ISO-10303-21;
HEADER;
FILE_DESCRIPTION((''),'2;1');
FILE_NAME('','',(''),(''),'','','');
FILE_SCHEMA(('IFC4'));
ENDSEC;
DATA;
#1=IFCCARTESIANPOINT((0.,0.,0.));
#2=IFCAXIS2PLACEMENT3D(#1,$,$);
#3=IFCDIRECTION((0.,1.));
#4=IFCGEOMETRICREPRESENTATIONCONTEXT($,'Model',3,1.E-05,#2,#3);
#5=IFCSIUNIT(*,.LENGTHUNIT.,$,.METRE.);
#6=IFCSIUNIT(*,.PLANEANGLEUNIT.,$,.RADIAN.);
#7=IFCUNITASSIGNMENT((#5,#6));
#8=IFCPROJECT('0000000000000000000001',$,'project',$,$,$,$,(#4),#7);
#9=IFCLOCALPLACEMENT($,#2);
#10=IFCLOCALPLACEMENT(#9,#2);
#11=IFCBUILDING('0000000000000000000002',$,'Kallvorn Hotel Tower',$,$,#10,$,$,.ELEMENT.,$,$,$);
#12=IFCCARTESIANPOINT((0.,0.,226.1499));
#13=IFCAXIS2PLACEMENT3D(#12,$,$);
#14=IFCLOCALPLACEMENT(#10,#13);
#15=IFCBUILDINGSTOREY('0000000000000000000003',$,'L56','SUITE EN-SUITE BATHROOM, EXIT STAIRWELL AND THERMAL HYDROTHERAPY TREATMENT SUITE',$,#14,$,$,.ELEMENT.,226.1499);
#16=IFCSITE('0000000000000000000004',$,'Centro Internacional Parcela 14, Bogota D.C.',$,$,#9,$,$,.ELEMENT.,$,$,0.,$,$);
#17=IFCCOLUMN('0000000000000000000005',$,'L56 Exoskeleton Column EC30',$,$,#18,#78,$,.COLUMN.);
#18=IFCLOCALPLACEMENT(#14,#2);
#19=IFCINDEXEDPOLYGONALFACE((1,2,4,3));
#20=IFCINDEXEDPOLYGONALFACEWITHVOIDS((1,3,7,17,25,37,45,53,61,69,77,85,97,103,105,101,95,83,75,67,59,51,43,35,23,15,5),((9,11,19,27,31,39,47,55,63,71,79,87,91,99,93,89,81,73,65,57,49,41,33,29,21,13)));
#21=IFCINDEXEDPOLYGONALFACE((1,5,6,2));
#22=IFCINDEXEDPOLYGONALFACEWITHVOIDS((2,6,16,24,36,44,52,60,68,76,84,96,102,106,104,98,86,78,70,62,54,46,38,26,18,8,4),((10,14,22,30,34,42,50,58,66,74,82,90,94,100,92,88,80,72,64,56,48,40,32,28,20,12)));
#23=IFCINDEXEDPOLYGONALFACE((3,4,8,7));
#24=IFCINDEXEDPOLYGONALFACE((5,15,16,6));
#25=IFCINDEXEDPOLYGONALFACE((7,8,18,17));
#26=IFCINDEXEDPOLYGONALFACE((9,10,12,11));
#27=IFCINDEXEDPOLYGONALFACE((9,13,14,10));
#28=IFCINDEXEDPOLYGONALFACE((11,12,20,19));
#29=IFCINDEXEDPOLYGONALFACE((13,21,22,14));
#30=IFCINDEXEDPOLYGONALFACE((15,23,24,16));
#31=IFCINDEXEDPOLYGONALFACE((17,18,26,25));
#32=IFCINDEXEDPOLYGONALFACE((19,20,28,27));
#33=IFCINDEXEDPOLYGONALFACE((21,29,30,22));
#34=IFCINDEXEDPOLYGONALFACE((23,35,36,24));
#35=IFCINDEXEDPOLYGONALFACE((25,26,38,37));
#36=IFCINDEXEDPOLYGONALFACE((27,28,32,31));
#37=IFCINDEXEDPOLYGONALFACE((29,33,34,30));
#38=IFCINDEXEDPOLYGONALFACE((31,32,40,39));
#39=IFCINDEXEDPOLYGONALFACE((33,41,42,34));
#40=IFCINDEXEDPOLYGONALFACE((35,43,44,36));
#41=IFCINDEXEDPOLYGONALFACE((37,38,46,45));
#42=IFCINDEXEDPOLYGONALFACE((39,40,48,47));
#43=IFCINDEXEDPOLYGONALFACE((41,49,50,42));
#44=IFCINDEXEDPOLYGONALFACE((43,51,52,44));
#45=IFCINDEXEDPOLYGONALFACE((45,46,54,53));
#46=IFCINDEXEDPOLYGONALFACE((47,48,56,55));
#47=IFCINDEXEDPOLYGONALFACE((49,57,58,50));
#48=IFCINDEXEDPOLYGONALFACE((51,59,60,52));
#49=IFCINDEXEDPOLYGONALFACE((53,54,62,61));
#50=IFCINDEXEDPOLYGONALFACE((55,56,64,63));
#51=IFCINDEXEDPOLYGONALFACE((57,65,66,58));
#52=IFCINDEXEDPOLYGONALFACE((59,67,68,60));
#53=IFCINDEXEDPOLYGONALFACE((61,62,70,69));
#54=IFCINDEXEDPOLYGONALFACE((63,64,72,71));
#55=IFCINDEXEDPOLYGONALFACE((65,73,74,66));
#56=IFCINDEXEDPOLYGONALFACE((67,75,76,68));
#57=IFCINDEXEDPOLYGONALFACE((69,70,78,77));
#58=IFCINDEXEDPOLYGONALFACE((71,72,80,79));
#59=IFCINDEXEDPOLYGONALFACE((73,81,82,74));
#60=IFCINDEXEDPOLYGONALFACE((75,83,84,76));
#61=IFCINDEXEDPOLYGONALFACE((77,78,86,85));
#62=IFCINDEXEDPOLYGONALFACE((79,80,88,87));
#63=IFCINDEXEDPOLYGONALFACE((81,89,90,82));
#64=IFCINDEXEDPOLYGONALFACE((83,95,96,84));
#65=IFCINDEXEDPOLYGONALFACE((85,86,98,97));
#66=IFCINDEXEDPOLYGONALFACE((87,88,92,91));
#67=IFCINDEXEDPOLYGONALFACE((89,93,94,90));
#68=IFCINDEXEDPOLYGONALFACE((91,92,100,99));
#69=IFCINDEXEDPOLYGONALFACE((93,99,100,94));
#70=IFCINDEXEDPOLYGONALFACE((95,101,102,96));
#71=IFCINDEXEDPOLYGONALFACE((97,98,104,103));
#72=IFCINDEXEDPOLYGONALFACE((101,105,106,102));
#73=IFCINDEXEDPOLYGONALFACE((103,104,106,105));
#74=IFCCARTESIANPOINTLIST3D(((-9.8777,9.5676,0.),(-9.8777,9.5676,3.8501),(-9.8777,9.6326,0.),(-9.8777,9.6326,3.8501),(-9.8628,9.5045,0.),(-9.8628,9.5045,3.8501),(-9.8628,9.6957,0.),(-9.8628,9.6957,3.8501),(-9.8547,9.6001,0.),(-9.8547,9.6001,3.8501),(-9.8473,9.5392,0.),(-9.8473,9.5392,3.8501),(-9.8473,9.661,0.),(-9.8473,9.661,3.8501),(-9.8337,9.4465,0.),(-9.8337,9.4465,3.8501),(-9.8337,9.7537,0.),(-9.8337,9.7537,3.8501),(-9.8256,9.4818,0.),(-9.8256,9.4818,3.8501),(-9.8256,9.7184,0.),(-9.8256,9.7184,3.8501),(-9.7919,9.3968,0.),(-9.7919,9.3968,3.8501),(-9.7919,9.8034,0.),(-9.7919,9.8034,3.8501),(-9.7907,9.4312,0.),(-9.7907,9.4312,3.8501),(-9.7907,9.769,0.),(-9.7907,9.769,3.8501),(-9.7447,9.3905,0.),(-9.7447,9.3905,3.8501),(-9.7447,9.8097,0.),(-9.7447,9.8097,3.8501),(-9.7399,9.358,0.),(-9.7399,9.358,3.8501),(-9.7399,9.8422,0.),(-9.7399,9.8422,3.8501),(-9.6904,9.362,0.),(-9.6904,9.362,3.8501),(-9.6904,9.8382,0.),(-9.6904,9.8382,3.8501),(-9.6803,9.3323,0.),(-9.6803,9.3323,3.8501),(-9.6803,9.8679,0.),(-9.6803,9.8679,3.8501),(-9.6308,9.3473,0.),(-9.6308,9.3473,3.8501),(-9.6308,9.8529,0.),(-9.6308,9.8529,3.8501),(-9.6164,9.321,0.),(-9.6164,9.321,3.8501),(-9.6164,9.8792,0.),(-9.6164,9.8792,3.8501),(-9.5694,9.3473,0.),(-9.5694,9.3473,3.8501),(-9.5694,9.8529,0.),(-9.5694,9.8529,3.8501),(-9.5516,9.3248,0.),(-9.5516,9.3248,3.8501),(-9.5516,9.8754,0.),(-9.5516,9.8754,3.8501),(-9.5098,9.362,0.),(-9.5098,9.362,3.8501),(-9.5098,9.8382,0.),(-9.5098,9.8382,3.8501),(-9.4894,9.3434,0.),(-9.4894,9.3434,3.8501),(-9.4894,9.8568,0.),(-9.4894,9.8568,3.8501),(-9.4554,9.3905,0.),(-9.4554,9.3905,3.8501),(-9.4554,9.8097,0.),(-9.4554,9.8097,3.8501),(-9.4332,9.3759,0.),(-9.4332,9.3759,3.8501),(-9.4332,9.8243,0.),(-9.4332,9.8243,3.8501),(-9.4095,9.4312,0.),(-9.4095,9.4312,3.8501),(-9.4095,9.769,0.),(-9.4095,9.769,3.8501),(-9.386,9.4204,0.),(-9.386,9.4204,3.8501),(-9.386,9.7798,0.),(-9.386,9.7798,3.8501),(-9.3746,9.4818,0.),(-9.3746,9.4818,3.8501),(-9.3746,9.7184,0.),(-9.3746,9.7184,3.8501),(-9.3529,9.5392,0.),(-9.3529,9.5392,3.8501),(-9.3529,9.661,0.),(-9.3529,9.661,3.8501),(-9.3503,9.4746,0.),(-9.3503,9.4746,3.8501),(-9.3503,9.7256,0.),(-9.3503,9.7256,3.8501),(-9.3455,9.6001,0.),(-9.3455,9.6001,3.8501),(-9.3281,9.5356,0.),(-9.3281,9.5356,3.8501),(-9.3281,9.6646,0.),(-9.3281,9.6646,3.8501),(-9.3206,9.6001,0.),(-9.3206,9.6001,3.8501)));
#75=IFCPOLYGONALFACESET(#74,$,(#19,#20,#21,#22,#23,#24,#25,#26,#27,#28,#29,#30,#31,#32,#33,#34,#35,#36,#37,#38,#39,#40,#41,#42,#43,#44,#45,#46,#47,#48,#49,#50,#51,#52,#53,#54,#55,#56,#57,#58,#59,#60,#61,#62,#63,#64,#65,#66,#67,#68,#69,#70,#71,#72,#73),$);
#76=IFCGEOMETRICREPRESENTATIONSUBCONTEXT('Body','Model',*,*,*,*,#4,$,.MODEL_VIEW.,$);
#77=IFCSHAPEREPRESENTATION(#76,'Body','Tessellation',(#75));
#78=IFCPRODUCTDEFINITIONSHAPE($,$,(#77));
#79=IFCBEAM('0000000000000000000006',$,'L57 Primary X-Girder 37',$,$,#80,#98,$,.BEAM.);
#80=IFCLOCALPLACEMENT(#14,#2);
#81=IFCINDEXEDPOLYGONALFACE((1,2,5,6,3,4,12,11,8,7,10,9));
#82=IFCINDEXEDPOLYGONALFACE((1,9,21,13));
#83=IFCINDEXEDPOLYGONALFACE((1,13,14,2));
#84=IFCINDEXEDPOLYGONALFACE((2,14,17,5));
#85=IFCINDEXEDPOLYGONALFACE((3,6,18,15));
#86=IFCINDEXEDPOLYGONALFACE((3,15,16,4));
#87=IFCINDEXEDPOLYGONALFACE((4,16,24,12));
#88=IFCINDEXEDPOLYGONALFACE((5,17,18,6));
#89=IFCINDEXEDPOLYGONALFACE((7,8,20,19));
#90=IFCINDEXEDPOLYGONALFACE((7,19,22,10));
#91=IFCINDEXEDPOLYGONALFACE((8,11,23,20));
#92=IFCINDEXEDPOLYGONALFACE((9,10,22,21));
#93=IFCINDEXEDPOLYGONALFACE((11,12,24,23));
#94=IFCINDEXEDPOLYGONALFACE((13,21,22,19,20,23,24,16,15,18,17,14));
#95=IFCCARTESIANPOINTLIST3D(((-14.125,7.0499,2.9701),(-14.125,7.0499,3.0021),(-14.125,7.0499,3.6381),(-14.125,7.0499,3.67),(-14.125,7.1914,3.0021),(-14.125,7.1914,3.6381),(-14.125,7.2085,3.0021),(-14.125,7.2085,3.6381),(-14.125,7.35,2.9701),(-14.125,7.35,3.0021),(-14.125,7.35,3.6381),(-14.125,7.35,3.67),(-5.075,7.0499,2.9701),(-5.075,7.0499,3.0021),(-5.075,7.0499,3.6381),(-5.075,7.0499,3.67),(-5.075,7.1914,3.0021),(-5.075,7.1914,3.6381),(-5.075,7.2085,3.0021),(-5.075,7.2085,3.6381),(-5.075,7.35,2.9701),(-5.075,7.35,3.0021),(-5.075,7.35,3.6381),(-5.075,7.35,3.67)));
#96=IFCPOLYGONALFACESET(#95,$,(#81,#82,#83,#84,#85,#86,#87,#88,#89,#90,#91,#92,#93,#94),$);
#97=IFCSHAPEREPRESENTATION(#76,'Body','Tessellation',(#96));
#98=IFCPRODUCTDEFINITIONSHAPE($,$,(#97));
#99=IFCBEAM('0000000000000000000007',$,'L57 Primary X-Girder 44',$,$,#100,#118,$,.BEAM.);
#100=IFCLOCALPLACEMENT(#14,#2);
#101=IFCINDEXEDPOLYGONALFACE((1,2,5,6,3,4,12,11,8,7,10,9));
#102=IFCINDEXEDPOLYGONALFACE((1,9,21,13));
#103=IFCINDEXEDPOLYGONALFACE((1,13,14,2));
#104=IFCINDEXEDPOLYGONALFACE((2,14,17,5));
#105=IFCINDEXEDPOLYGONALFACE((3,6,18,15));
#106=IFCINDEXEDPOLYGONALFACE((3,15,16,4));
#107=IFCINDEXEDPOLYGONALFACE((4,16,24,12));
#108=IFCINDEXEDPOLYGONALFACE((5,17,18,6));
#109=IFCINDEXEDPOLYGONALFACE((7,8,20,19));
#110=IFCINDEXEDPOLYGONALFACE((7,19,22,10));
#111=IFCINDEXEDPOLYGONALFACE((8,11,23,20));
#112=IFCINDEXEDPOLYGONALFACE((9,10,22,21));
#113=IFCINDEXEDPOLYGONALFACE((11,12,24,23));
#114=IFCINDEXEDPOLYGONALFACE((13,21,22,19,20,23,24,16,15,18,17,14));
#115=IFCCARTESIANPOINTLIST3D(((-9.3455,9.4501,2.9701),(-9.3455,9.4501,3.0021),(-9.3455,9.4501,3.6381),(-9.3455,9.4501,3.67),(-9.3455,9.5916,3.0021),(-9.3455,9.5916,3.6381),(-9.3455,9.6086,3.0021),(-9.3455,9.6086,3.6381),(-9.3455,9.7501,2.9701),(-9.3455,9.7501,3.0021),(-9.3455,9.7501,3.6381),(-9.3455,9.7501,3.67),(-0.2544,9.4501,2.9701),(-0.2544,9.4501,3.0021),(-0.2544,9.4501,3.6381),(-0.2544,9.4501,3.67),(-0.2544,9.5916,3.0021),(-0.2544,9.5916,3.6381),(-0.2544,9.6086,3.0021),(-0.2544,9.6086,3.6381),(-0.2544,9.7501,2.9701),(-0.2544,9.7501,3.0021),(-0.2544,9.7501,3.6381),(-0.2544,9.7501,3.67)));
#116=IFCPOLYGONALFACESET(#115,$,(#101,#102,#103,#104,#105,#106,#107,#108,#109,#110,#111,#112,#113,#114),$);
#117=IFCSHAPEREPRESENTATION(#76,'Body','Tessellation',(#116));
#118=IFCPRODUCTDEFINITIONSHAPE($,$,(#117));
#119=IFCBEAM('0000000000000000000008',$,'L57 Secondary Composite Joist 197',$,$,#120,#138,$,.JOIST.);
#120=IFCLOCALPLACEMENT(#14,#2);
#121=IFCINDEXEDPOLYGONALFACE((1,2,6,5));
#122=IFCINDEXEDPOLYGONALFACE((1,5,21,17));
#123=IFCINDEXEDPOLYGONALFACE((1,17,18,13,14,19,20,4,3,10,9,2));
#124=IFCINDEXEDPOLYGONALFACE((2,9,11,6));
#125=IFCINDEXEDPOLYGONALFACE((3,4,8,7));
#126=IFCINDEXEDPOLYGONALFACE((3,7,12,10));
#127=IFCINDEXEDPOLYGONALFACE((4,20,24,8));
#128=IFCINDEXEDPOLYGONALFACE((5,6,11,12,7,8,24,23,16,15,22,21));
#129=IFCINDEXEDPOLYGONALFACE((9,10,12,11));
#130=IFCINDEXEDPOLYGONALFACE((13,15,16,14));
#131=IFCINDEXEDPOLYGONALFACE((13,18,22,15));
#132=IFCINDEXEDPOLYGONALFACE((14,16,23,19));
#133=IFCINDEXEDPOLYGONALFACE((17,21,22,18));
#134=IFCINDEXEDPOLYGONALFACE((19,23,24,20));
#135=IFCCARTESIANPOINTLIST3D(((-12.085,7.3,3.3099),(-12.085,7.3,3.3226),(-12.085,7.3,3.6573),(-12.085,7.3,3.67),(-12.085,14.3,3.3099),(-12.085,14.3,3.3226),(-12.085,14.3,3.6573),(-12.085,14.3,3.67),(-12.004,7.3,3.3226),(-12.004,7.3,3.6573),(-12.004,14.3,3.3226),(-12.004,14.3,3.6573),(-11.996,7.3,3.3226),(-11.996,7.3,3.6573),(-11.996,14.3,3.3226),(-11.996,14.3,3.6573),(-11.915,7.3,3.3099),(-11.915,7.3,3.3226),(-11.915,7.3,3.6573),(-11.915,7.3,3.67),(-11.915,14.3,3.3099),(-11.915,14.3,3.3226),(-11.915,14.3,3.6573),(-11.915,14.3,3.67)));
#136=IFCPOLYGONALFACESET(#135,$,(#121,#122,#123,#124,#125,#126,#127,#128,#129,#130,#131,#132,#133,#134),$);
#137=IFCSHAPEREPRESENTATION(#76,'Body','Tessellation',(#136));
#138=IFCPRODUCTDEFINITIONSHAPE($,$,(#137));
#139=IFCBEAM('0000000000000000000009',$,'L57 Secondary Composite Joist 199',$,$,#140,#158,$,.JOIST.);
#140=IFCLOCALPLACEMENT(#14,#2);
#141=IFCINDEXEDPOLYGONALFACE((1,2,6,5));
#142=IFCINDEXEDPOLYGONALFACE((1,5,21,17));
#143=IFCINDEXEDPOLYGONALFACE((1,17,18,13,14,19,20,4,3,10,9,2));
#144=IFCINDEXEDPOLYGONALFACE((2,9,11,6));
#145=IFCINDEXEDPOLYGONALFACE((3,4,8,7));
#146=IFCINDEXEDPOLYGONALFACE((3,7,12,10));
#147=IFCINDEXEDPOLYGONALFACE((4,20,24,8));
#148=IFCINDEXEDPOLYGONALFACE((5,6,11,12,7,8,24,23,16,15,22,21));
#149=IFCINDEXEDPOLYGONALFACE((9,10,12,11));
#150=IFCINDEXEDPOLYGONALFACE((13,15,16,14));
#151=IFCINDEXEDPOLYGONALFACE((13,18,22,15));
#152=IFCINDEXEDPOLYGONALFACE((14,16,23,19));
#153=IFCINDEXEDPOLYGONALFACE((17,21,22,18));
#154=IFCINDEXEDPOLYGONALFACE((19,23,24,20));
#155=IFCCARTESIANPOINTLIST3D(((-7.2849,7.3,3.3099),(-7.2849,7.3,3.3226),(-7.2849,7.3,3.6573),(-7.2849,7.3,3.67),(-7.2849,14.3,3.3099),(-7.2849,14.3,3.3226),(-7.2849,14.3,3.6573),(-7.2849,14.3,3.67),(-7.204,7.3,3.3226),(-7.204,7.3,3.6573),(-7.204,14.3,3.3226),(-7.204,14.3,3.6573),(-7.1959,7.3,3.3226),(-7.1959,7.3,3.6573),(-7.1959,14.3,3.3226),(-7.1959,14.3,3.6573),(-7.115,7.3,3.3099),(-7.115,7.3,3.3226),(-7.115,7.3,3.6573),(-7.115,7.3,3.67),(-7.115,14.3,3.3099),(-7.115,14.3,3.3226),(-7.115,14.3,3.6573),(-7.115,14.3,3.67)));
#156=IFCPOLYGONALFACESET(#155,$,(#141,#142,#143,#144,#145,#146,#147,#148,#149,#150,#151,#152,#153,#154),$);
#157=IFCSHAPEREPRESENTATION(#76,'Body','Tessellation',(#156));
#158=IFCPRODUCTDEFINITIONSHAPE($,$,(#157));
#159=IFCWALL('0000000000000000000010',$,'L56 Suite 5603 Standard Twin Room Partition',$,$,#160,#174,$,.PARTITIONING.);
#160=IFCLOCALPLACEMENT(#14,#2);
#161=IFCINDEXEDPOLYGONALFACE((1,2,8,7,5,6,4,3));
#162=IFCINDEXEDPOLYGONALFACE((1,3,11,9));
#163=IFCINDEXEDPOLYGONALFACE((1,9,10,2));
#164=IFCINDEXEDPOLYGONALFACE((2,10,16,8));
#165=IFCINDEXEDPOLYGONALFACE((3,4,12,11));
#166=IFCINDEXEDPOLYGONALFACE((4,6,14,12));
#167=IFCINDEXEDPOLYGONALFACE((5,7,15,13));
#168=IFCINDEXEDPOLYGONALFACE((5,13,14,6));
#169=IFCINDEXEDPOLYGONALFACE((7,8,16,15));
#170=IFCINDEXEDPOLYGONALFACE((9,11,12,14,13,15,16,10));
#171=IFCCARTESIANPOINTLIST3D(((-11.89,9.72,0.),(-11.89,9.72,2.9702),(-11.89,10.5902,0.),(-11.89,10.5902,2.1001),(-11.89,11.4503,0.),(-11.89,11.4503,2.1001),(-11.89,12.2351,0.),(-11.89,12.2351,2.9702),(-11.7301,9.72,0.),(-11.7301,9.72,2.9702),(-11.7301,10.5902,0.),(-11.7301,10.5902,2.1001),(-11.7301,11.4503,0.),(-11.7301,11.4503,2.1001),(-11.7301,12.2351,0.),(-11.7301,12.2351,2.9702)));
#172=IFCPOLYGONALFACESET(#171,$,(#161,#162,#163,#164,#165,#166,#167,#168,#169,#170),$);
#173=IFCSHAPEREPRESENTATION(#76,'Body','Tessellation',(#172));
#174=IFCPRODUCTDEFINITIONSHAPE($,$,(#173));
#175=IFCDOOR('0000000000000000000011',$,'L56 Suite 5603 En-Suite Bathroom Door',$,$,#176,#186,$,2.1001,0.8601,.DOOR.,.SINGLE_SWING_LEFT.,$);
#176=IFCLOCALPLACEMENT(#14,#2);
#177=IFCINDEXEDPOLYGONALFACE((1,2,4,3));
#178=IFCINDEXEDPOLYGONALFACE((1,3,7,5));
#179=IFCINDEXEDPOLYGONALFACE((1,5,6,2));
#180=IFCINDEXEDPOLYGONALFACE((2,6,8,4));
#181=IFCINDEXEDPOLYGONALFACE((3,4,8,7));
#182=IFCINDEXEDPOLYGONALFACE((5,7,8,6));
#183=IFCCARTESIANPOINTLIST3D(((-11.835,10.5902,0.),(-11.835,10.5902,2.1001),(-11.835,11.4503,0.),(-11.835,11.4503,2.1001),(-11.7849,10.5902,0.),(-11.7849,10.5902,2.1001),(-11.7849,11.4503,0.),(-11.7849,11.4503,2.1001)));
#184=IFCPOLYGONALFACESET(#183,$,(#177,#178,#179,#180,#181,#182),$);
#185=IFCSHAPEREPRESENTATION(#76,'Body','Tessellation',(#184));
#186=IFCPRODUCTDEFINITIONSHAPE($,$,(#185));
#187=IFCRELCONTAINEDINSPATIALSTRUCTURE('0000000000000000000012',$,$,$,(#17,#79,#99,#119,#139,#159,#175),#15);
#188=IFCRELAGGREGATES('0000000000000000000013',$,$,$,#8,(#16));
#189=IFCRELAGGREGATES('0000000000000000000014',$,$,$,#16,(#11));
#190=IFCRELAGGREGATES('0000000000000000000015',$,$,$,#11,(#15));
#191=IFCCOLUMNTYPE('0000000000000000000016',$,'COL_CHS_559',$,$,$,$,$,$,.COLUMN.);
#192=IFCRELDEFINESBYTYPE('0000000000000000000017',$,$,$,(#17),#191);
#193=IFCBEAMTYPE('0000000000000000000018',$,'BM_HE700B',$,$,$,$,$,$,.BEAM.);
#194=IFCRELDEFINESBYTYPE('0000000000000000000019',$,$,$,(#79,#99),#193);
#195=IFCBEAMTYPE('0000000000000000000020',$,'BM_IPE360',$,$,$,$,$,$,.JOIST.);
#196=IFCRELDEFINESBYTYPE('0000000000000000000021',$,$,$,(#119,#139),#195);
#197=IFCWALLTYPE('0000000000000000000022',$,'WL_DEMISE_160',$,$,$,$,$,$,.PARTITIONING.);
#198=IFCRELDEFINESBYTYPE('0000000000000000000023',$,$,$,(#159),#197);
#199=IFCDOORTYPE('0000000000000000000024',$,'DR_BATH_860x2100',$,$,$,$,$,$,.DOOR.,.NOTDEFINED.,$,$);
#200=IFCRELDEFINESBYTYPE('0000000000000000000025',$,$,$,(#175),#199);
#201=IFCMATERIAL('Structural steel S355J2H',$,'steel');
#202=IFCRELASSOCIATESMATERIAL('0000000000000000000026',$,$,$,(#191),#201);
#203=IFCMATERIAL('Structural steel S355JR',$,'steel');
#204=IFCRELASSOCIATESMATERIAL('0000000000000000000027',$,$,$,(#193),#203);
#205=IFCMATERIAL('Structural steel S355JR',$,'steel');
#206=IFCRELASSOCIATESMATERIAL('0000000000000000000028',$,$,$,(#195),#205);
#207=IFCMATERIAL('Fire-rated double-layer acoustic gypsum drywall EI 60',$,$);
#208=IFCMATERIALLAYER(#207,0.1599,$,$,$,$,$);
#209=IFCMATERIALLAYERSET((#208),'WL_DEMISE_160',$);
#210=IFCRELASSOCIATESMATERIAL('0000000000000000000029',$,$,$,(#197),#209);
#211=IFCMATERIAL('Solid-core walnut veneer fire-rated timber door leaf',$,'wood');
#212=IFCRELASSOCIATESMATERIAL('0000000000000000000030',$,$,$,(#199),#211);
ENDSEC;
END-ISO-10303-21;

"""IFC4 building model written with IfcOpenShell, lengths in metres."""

from ifc_helpers import new_model, si_unit, direction, frame, frame_2d, origin, origin_2d, place, context, subcontext, project, spatial, rectangle, hollow_circle, i_section, extrude, material, layer, layer_set, material_profile, profile_set, type_object, element, fill, save


model = new_model("IFC4")

# Units and contexts
model_context = context("Model", 3, precision=1e-05, world=origin(), true_north=direction((0.0, 1.0)))
body_context = subcontext(model_context, "Body", "Model", "MODEL_VIEW")
ifc_project = project(units=[si_unit("LENGTHUNIT", "METRE"), si_unit("PLANEANGLEUNIT", "RADIAN")], contexts=[model_context])

# Site, building, storey
site_placement = place(None, origin())
site = spatial("IfcSite", under=ifc_project, at=site_placement, Name="Centro Internacional Parcela 14, Bogota D.C.", CompositionType="ELEMENT", RefElevation=0.0)
building_placement = place(site_placement, origin())
building = spatial("IfcBuilding", under=site, at=building_placement, Name="Kallvorn Hotel Tower", CompositionType="ELEMENT")
storey_placement = place(building_placement, frame((0.0, 0.0, 226.1499)))
storey = spatial("IfcBuildingStorey", under=building, at=storey_placement, Name="L56", Description="SUITE EN-SUITE BATHROOM, EXIT STAIRWELL AND THERMAL HYDROTHERAPY TREATMENT SUITE", CompositionType="ELEMENT", Elevation=226.1499)

# Column
ifc_material_1 = material(Name="Structural steel S355J2H", Category="steel")
ifc_material_profile_1 = material_profile(ifc_material_1, hollow_circle(Radius=0.2795, WallThickness=0.0249, at=origin_2d()), Name="CHS 559x25")
ifc_profile_set_1 = profile_set([ifc_material_profile_1], Name="Structural steel S355J2H")
column_type = type_object("IfcColumnType", Name="COL_CHS_559", PredefinedType="COLUMN", material=ifc_profile_set_1)
column_placement = place(storey_placement, frame((-9.6001, 9.6001, 0.0), z_axis=(0.0, 0.0, 1.0), x_axis=(1.0, 0.0, 0.0)))
element("IfcColumn", 1, at=column_placement, inside=storey, type_object=column_type, Name="L56 Exoskeleton Column EC30", PredefinedType="COLUMN", context=body_context, shape_type="SweptSolid", body=[
    extrude(hollow_circle(Radius=0.2795, WallThickness=0.0249, at=origin_2d()), origin(), (0.0, 0.0, 1.0), 3.8501),
])

# Beams
ifc_material_2 = material(Name="Structural steel S355JR", Category="steel")
ifc_material_profile_2 = material_profile(ifc_material_2, i_section(OverallWidth=0.3, OverallDepth=0.7, WebThickness=0.0171, FlangeThickness=0.032, at=origin_2d()), Name="HE 700 B")
ifc_profile_set_2 = profile_set([ifc_material_profile_2], Name="Structural steel S355JR")
beam_type_1 = type_object("IfcBeamType", Name="BM_HE700B", PredefinedType="BEAM", material=ifc_profile_set_2)
beam_1_placement = place(storey_placement, frame((-14.125, 7.2, 3.3201), z_axis=(1.0, 0.0, 0.0), x_axis=(0.0, 1.0, 0.0)))
element("IfcBeam", 2, at=beam_1_placement, inside=storey, type_object=beam_type_1, Name="L57 Primary X-Girder 37", PredefinedType="BEAM", context=body_context, shape_type="SweptSolid", body=[
    extrude(i_section(OverallWidth=0.3, OverallDepth=0.7, WebThickness=0.0171, FlangeThickness=0.032, at=origin_2d()), origin(), (0.0, 0.0, 1.0), 9.05),
])
beam_2_placement = place(storey_placement, frame((-9.3455, 9.6001, 3.3201), z_axis=(1.0, 0.0, 0.0), x_axis=(0.0, 1.0, 0.0)))
element("IfcBeam", 3, at=beam_2_placement, inside=storey, type_object=beam_type_1, Name="L57 Primary X-Girder 44", PredefinedType="BEAM", context=body_context, shape_type="SweptSolid", body=[
    extrude(i_section(OverallWidth=0.3, OverallDepth=0.7, WebThickness=0.0171, FlangeThickness=0.032, at=origin_2d()), origin(), (0.0, 0.0, 1.0), 9.0911),
])
ifc_material_3 = material(Name="Structural steel S355JR", Category="steel")
ifc_material_profile_3 = material_profile(ifc_material_3, i_section(OverallWidth=0.1699, OverallDepth=0.3601, WebThickness=0.0081, FlangeThickness=0.0127, at=origin_2d()), Name="IPE 360")
ifc_profile_set_3 = profile_set([ifc_material_profile_3], Name="Structural steel S355JR")
beam_type_2 = type_object("IfcBeamType", Name="BM_IPE360", PredefinedType="JOIST", material=ifc_profile_set_3)
for number, where, z_axis, x_axis, name in (
    (4, (-12.0, 7.3, 3.49), (0.0, 1.0, 0.0), (-1.0, 0.0, 0.0), "L57 Secondary Composite Joist 197"),
    (5, (-7.2, 7.3, 3.49), (0.0, 1.0, 0.0), (-1.0, 0.0, 0.0), "L57 Secondary Composite Joist 199"),
):
    element("IfcBeam", number, at=place(storey_placement, frame(where, z_axis=z_axis, x_axis=x_axis)), inside=storey, type_object=beam_type_2, Name=name, PredefinedType="JOIST", context=body_context, shape_type="SweptSolid", body=[
        extrude(i_section(OverallWidth=0.1699, OverallDepth=0.3601, WebThickness=0.0081, FlangeThickness=0.0127, at=origin_2d()), origin(), (0.0, 0.0, 1.0), 7.0),
    ])

# Wall, opening, door
ifc_material_4 = material(Name="Fire-rated double-layer acoustic gypsum drywall EI 60")
ifc_layer_1 = layer(ifc_material_4, 0.1599)
ifc_layer_set_1 = layer_set([ifc_layer_1], Name="WL_DEMISE_160")
wall_type_1 = type_object("IfcWallType", Name="WL_DEMISE_160", PredefinedType="PARTITIONING", material=ifc_layer_set_1)
wall_1_placement = place(storey_placement, frame((-11.8101, 9.72, 0.0), z_axis=(0.0, 0.0, 1.0), x_axis=(0.0, 1.0, 0.0)))
wall_1 = element("IfcWall", 6, at=wall_1_placement, inside=storey, type_object=wall_type_1, Name="L56 Suite 5603 Standard Twin Room Partition", PredefinedType="PARTITIONING", context=body_context, shape_type="SweptSolid", body=[
    extrude(rectangle(XDim=2.5151, YDim=0.1599, at=frame_2d((1.2576, 0.0))), origin(), (0.0, 0.0, 1.0), 2.9702),
])
opening_1_placement = place(wall_1_placement, frame((0.8701, 0.0, 0.0)))
opening_1 = element("IfcOpeningElement", 7, at=opening_1_placement, cuts=wall_1, PredefinedType="OPENING", context=body_context, shape_type="SweptSolid", body=[
    extrude(rectangle(XDim=0.8601, YDim=2.1001, at=frame_2d((0.4302, 1.05))), frame((0.0, 0.095, 0.0), z_axis=(0.0, -1.0, 0.0), x_axis=(1.0, 0.0, 0.0)), (0.0, 0.0, 1.0), 0.1899),
])
ifc_material_5 = material(Name="Solid-core walnut veneer fire-rated timber door leaf", Category="wood")
door_type_1 = type_object("IfcDoorType", Name="DR_BATH_860x2100", OperationType="NOTDEFINED", PredefinedType="DOOR", material=ifc_material_5)
door_1_placement = place(opening_1_placement, origin())
door_1 = element("IfcDoor", 8, at=door_1_placement, inside=storey, type_object=door_type_1, Name="L56 Suite 5603 En-Suite Bathroom Door", OperationType="SINGLE_SWING_LEFT", OverallHeight=2.1001, OverallWidth=0.8601, PredefinedType="DOOR", context=body_context, shape_type="SweptSolid", body=[
    extrude(rectangle(XDim=0.8601, YDim=2.1001, at=frame_2d((0.4302, 1.05))), frame((0.0, 0.0249, 0.0), z_axis=(0.0, -1.0, 0.0), x_axis=(1.0, 0.0, 0.0)), (0.0, 0.0, 1.0), 0.05),
])
fill(opening_1, door_1)

save(model, "model.ifc")
